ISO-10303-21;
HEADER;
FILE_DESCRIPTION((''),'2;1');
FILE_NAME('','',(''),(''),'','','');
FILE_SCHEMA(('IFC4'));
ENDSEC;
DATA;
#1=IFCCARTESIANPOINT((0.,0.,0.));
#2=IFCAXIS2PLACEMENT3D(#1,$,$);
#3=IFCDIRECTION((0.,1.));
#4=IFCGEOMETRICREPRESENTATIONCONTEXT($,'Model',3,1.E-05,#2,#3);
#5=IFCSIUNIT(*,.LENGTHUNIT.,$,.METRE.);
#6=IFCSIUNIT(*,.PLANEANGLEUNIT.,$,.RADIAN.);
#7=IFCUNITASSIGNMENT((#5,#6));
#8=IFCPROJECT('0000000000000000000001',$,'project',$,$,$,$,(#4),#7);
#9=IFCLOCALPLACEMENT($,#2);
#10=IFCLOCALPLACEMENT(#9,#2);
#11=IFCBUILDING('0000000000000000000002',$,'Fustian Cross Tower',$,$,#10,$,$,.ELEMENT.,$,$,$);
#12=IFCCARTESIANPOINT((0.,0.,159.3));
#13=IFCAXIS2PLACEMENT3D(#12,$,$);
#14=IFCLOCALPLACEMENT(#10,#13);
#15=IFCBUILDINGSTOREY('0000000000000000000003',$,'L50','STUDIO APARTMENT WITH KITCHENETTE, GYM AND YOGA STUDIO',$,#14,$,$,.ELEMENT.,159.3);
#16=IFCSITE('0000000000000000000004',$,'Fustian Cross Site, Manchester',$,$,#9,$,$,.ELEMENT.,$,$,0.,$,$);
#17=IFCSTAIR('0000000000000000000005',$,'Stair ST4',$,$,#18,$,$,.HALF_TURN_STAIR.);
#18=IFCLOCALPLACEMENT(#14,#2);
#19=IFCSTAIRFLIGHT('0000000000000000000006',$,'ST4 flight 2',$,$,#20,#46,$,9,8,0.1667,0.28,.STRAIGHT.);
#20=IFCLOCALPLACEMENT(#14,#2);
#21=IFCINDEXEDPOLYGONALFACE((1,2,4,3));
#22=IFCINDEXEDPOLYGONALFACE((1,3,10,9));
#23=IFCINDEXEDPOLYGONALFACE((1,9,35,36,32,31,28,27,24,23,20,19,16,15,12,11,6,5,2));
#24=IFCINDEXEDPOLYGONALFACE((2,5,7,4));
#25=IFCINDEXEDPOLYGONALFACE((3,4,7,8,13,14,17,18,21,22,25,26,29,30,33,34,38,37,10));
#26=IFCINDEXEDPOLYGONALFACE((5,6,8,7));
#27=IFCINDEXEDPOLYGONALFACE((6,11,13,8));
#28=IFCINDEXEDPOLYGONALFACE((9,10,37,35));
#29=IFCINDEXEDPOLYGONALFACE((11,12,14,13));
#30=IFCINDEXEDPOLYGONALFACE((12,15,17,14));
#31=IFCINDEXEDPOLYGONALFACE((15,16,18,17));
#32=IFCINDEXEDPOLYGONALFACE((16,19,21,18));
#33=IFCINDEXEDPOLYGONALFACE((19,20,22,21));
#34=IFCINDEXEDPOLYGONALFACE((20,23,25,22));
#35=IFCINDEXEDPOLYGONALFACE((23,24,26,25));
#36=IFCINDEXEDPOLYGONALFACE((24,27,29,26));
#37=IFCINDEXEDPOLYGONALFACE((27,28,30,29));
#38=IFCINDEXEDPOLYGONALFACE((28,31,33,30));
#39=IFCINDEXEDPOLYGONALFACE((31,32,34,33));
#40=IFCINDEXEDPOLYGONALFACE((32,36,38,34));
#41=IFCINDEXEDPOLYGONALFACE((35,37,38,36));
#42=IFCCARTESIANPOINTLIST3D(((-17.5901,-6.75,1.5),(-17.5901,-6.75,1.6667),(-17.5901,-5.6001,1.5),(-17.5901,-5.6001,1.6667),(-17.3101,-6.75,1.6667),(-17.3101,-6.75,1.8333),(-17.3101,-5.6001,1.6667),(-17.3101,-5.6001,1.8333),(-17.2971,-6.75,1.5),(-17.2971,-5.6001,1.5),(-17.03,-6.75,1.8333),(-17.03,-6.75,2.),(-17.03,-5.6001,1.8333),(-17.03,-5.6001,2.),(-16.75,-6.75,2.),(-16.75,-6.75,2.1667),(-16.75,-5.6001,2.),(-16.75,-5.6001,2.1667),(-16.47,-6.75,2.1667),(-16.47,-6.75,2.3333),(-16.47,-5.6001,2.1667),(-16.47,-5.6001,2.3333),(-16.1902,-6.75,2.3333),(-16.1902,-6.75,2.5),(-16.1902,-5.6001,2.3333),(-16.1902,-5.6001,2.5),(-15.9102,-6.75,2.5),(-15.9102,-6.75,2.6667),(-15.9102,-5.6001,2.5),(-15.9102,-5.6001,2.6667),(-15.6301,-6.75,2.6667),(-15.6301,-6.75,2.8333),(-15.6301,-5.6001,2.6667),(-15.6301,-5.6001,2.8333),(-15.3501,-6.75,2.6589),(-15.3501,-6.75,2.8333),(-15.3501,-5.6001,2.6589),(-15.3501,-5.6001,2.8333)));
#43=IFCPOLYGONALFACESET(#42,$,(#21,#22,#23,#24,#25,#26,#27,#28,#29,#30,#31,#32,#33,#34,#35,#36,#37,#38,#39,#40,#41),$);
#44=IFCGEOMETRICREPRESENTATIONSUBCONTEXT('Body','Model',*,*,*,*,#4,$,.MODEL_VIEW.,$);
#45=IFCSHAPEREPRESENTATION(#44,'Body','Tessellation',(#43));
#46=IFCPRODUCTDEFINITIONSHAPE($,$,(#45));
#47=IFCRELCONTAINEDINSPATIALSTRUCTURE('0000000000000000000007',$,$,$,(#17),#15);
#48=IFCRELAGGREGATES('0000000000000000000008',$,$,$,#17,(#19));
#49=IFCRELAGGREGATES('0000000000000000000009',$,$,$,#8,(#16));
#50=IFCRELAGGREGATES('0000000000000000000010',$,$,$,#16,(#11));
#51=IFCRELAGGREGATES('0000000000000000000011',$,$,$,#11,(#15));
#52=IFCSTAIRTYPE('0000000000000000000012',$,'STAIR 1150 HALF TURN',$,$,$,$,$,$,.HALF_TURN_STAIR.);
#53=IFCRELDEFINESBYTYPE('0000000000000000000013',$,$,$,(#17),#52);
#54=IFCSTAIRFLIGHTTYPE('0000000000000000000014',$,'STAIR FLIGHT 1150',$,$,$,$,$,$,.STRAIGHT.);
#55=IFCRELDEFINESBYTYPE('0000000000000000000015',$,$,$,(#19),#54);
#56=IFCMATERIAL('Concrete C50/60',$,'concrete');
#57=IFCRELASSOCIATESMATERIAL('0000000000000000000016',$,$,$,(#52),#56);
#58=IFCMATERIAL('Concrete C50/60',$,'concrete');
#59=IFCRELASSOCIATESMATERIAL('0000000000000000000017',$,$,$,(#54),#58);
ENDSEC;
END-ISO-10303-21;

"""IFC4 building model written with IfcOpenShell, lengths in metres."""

from ifc_helpers import new_model, si_unit, direction, frame, origin, place, context, subcontext, project, spatial, polyline, outline, extrude, material, type_object, element, aggregate, save


model = new_model("IFC4")

# Units and contexts
model_context = context("Model", 3, precision=1e-05, world=origin(), true_north=direction((0.0, 1.0)))
body_context = subcontext(model_context, "Body", "Model", "MODEL_VIEW")
ifc_project = project(units=[si_unit("LENGTHUNIT", "METRE"), si_unit("PLANEANGLEUNIT", "RADIAN")], contexts=[model_context])

# Site, building, storey
site_placement = place(None, origin())
site = spatial("IfcSite", under=ifc_project, at=site_placement, Name="Fustian Cross Site, Manchester", CompositionType="ELEMENT", RefElevation=0.0)
building_placement = place(site_placement, origin())
building = spatial("IfcBuilding", under=site, at=building_placement, Name="Fustian Cross Tower", CompositionType="ELEMENT")
storey_placement = place(building_placement, frame((0.0, 0.0, 159.3)))
storey = spatial("IfcBuildingStorey", under=building, at=storey_placement, Name="L50", Description="STUDIO APARTMENT WITH KITCHENETTE, GYM AND YOGA STUDIO", CompositionType="ELEMENT", Elevation=159.3)

# Stair, stair flight
ifc_material_1 = material(Name="Concrete C50/60", Category="concrete")
stair_type = type_object("IfcStairType", Name="STAIR 1150 HALF TURN", PredefinedType="HALF_TURN_STAIR", material=ifc_material_1)
stair_placement = place(storey_placement, origin())
stair = element("IfcStair", 1, at=stair_placement, inside=storey, type_object=stair_type, Name="Stair ST4", PredefinedType="HALF_TURN_STAIR")
ifc_material_2 = material(Name="Concrete C50/60", Category="concrete")
stair_flight_type = type_object("IfcStairFlightType", Name="STAIR FLIGHT 1150", PredefinedType="STRAIGHT", material=ifc_material_2)
stair_flight_1_placement = place(storey_placement, frame((-17.5901, -6.175, 1.5), z_axis=(0.0, 0.0, 1.0), x_axis=(1.0, 0.0, 0.0)))
stair_flight_1 = element("IfcStairFlight", 2, at=stair_flight_1_placement, type_object=stair_flight_type, Name="ST4 flight 2", NumberOfRisers=9, NumberOfTreads=8, PredefinedType="STRAIGHT", RiserHeight=0.1667, TreadLength=0.28, context=body_context, shape_type="SweptSolid", body=[
    extrude(outline(polyline([(0.0, 0.0), (0.0, 0.1667), (0.28, 0.1667), (0.28, 0.3333), (0.5601, 0.3333), (0.5601, 0.5), (0.8401, 0.5), (0.8401, 0.6667), (1.1201, 0.6667), (1.1201, 0.8333), (1.3999, 0.8333), (1.3999, 1.0), (1.6799, 1.0), (1.6799, 1.1667), (1.96, 1.1667), (1.96, 1.3333), (2.24, 1.3333), (2.24, 1.5), (2.24, 1.1589), (0.293, 0.0), (0.0, 0.0)])), frame((0.0, 0.575, 0.0), z_axis=(0.0, -1.0, 0.0), x_axis=(1.0, 0.0, 0.0)), (0.0, 0.0, 1.0), 1.1499),
])
aggregate(stair, [stair_flight_1])

save(model, "model.ifc")
